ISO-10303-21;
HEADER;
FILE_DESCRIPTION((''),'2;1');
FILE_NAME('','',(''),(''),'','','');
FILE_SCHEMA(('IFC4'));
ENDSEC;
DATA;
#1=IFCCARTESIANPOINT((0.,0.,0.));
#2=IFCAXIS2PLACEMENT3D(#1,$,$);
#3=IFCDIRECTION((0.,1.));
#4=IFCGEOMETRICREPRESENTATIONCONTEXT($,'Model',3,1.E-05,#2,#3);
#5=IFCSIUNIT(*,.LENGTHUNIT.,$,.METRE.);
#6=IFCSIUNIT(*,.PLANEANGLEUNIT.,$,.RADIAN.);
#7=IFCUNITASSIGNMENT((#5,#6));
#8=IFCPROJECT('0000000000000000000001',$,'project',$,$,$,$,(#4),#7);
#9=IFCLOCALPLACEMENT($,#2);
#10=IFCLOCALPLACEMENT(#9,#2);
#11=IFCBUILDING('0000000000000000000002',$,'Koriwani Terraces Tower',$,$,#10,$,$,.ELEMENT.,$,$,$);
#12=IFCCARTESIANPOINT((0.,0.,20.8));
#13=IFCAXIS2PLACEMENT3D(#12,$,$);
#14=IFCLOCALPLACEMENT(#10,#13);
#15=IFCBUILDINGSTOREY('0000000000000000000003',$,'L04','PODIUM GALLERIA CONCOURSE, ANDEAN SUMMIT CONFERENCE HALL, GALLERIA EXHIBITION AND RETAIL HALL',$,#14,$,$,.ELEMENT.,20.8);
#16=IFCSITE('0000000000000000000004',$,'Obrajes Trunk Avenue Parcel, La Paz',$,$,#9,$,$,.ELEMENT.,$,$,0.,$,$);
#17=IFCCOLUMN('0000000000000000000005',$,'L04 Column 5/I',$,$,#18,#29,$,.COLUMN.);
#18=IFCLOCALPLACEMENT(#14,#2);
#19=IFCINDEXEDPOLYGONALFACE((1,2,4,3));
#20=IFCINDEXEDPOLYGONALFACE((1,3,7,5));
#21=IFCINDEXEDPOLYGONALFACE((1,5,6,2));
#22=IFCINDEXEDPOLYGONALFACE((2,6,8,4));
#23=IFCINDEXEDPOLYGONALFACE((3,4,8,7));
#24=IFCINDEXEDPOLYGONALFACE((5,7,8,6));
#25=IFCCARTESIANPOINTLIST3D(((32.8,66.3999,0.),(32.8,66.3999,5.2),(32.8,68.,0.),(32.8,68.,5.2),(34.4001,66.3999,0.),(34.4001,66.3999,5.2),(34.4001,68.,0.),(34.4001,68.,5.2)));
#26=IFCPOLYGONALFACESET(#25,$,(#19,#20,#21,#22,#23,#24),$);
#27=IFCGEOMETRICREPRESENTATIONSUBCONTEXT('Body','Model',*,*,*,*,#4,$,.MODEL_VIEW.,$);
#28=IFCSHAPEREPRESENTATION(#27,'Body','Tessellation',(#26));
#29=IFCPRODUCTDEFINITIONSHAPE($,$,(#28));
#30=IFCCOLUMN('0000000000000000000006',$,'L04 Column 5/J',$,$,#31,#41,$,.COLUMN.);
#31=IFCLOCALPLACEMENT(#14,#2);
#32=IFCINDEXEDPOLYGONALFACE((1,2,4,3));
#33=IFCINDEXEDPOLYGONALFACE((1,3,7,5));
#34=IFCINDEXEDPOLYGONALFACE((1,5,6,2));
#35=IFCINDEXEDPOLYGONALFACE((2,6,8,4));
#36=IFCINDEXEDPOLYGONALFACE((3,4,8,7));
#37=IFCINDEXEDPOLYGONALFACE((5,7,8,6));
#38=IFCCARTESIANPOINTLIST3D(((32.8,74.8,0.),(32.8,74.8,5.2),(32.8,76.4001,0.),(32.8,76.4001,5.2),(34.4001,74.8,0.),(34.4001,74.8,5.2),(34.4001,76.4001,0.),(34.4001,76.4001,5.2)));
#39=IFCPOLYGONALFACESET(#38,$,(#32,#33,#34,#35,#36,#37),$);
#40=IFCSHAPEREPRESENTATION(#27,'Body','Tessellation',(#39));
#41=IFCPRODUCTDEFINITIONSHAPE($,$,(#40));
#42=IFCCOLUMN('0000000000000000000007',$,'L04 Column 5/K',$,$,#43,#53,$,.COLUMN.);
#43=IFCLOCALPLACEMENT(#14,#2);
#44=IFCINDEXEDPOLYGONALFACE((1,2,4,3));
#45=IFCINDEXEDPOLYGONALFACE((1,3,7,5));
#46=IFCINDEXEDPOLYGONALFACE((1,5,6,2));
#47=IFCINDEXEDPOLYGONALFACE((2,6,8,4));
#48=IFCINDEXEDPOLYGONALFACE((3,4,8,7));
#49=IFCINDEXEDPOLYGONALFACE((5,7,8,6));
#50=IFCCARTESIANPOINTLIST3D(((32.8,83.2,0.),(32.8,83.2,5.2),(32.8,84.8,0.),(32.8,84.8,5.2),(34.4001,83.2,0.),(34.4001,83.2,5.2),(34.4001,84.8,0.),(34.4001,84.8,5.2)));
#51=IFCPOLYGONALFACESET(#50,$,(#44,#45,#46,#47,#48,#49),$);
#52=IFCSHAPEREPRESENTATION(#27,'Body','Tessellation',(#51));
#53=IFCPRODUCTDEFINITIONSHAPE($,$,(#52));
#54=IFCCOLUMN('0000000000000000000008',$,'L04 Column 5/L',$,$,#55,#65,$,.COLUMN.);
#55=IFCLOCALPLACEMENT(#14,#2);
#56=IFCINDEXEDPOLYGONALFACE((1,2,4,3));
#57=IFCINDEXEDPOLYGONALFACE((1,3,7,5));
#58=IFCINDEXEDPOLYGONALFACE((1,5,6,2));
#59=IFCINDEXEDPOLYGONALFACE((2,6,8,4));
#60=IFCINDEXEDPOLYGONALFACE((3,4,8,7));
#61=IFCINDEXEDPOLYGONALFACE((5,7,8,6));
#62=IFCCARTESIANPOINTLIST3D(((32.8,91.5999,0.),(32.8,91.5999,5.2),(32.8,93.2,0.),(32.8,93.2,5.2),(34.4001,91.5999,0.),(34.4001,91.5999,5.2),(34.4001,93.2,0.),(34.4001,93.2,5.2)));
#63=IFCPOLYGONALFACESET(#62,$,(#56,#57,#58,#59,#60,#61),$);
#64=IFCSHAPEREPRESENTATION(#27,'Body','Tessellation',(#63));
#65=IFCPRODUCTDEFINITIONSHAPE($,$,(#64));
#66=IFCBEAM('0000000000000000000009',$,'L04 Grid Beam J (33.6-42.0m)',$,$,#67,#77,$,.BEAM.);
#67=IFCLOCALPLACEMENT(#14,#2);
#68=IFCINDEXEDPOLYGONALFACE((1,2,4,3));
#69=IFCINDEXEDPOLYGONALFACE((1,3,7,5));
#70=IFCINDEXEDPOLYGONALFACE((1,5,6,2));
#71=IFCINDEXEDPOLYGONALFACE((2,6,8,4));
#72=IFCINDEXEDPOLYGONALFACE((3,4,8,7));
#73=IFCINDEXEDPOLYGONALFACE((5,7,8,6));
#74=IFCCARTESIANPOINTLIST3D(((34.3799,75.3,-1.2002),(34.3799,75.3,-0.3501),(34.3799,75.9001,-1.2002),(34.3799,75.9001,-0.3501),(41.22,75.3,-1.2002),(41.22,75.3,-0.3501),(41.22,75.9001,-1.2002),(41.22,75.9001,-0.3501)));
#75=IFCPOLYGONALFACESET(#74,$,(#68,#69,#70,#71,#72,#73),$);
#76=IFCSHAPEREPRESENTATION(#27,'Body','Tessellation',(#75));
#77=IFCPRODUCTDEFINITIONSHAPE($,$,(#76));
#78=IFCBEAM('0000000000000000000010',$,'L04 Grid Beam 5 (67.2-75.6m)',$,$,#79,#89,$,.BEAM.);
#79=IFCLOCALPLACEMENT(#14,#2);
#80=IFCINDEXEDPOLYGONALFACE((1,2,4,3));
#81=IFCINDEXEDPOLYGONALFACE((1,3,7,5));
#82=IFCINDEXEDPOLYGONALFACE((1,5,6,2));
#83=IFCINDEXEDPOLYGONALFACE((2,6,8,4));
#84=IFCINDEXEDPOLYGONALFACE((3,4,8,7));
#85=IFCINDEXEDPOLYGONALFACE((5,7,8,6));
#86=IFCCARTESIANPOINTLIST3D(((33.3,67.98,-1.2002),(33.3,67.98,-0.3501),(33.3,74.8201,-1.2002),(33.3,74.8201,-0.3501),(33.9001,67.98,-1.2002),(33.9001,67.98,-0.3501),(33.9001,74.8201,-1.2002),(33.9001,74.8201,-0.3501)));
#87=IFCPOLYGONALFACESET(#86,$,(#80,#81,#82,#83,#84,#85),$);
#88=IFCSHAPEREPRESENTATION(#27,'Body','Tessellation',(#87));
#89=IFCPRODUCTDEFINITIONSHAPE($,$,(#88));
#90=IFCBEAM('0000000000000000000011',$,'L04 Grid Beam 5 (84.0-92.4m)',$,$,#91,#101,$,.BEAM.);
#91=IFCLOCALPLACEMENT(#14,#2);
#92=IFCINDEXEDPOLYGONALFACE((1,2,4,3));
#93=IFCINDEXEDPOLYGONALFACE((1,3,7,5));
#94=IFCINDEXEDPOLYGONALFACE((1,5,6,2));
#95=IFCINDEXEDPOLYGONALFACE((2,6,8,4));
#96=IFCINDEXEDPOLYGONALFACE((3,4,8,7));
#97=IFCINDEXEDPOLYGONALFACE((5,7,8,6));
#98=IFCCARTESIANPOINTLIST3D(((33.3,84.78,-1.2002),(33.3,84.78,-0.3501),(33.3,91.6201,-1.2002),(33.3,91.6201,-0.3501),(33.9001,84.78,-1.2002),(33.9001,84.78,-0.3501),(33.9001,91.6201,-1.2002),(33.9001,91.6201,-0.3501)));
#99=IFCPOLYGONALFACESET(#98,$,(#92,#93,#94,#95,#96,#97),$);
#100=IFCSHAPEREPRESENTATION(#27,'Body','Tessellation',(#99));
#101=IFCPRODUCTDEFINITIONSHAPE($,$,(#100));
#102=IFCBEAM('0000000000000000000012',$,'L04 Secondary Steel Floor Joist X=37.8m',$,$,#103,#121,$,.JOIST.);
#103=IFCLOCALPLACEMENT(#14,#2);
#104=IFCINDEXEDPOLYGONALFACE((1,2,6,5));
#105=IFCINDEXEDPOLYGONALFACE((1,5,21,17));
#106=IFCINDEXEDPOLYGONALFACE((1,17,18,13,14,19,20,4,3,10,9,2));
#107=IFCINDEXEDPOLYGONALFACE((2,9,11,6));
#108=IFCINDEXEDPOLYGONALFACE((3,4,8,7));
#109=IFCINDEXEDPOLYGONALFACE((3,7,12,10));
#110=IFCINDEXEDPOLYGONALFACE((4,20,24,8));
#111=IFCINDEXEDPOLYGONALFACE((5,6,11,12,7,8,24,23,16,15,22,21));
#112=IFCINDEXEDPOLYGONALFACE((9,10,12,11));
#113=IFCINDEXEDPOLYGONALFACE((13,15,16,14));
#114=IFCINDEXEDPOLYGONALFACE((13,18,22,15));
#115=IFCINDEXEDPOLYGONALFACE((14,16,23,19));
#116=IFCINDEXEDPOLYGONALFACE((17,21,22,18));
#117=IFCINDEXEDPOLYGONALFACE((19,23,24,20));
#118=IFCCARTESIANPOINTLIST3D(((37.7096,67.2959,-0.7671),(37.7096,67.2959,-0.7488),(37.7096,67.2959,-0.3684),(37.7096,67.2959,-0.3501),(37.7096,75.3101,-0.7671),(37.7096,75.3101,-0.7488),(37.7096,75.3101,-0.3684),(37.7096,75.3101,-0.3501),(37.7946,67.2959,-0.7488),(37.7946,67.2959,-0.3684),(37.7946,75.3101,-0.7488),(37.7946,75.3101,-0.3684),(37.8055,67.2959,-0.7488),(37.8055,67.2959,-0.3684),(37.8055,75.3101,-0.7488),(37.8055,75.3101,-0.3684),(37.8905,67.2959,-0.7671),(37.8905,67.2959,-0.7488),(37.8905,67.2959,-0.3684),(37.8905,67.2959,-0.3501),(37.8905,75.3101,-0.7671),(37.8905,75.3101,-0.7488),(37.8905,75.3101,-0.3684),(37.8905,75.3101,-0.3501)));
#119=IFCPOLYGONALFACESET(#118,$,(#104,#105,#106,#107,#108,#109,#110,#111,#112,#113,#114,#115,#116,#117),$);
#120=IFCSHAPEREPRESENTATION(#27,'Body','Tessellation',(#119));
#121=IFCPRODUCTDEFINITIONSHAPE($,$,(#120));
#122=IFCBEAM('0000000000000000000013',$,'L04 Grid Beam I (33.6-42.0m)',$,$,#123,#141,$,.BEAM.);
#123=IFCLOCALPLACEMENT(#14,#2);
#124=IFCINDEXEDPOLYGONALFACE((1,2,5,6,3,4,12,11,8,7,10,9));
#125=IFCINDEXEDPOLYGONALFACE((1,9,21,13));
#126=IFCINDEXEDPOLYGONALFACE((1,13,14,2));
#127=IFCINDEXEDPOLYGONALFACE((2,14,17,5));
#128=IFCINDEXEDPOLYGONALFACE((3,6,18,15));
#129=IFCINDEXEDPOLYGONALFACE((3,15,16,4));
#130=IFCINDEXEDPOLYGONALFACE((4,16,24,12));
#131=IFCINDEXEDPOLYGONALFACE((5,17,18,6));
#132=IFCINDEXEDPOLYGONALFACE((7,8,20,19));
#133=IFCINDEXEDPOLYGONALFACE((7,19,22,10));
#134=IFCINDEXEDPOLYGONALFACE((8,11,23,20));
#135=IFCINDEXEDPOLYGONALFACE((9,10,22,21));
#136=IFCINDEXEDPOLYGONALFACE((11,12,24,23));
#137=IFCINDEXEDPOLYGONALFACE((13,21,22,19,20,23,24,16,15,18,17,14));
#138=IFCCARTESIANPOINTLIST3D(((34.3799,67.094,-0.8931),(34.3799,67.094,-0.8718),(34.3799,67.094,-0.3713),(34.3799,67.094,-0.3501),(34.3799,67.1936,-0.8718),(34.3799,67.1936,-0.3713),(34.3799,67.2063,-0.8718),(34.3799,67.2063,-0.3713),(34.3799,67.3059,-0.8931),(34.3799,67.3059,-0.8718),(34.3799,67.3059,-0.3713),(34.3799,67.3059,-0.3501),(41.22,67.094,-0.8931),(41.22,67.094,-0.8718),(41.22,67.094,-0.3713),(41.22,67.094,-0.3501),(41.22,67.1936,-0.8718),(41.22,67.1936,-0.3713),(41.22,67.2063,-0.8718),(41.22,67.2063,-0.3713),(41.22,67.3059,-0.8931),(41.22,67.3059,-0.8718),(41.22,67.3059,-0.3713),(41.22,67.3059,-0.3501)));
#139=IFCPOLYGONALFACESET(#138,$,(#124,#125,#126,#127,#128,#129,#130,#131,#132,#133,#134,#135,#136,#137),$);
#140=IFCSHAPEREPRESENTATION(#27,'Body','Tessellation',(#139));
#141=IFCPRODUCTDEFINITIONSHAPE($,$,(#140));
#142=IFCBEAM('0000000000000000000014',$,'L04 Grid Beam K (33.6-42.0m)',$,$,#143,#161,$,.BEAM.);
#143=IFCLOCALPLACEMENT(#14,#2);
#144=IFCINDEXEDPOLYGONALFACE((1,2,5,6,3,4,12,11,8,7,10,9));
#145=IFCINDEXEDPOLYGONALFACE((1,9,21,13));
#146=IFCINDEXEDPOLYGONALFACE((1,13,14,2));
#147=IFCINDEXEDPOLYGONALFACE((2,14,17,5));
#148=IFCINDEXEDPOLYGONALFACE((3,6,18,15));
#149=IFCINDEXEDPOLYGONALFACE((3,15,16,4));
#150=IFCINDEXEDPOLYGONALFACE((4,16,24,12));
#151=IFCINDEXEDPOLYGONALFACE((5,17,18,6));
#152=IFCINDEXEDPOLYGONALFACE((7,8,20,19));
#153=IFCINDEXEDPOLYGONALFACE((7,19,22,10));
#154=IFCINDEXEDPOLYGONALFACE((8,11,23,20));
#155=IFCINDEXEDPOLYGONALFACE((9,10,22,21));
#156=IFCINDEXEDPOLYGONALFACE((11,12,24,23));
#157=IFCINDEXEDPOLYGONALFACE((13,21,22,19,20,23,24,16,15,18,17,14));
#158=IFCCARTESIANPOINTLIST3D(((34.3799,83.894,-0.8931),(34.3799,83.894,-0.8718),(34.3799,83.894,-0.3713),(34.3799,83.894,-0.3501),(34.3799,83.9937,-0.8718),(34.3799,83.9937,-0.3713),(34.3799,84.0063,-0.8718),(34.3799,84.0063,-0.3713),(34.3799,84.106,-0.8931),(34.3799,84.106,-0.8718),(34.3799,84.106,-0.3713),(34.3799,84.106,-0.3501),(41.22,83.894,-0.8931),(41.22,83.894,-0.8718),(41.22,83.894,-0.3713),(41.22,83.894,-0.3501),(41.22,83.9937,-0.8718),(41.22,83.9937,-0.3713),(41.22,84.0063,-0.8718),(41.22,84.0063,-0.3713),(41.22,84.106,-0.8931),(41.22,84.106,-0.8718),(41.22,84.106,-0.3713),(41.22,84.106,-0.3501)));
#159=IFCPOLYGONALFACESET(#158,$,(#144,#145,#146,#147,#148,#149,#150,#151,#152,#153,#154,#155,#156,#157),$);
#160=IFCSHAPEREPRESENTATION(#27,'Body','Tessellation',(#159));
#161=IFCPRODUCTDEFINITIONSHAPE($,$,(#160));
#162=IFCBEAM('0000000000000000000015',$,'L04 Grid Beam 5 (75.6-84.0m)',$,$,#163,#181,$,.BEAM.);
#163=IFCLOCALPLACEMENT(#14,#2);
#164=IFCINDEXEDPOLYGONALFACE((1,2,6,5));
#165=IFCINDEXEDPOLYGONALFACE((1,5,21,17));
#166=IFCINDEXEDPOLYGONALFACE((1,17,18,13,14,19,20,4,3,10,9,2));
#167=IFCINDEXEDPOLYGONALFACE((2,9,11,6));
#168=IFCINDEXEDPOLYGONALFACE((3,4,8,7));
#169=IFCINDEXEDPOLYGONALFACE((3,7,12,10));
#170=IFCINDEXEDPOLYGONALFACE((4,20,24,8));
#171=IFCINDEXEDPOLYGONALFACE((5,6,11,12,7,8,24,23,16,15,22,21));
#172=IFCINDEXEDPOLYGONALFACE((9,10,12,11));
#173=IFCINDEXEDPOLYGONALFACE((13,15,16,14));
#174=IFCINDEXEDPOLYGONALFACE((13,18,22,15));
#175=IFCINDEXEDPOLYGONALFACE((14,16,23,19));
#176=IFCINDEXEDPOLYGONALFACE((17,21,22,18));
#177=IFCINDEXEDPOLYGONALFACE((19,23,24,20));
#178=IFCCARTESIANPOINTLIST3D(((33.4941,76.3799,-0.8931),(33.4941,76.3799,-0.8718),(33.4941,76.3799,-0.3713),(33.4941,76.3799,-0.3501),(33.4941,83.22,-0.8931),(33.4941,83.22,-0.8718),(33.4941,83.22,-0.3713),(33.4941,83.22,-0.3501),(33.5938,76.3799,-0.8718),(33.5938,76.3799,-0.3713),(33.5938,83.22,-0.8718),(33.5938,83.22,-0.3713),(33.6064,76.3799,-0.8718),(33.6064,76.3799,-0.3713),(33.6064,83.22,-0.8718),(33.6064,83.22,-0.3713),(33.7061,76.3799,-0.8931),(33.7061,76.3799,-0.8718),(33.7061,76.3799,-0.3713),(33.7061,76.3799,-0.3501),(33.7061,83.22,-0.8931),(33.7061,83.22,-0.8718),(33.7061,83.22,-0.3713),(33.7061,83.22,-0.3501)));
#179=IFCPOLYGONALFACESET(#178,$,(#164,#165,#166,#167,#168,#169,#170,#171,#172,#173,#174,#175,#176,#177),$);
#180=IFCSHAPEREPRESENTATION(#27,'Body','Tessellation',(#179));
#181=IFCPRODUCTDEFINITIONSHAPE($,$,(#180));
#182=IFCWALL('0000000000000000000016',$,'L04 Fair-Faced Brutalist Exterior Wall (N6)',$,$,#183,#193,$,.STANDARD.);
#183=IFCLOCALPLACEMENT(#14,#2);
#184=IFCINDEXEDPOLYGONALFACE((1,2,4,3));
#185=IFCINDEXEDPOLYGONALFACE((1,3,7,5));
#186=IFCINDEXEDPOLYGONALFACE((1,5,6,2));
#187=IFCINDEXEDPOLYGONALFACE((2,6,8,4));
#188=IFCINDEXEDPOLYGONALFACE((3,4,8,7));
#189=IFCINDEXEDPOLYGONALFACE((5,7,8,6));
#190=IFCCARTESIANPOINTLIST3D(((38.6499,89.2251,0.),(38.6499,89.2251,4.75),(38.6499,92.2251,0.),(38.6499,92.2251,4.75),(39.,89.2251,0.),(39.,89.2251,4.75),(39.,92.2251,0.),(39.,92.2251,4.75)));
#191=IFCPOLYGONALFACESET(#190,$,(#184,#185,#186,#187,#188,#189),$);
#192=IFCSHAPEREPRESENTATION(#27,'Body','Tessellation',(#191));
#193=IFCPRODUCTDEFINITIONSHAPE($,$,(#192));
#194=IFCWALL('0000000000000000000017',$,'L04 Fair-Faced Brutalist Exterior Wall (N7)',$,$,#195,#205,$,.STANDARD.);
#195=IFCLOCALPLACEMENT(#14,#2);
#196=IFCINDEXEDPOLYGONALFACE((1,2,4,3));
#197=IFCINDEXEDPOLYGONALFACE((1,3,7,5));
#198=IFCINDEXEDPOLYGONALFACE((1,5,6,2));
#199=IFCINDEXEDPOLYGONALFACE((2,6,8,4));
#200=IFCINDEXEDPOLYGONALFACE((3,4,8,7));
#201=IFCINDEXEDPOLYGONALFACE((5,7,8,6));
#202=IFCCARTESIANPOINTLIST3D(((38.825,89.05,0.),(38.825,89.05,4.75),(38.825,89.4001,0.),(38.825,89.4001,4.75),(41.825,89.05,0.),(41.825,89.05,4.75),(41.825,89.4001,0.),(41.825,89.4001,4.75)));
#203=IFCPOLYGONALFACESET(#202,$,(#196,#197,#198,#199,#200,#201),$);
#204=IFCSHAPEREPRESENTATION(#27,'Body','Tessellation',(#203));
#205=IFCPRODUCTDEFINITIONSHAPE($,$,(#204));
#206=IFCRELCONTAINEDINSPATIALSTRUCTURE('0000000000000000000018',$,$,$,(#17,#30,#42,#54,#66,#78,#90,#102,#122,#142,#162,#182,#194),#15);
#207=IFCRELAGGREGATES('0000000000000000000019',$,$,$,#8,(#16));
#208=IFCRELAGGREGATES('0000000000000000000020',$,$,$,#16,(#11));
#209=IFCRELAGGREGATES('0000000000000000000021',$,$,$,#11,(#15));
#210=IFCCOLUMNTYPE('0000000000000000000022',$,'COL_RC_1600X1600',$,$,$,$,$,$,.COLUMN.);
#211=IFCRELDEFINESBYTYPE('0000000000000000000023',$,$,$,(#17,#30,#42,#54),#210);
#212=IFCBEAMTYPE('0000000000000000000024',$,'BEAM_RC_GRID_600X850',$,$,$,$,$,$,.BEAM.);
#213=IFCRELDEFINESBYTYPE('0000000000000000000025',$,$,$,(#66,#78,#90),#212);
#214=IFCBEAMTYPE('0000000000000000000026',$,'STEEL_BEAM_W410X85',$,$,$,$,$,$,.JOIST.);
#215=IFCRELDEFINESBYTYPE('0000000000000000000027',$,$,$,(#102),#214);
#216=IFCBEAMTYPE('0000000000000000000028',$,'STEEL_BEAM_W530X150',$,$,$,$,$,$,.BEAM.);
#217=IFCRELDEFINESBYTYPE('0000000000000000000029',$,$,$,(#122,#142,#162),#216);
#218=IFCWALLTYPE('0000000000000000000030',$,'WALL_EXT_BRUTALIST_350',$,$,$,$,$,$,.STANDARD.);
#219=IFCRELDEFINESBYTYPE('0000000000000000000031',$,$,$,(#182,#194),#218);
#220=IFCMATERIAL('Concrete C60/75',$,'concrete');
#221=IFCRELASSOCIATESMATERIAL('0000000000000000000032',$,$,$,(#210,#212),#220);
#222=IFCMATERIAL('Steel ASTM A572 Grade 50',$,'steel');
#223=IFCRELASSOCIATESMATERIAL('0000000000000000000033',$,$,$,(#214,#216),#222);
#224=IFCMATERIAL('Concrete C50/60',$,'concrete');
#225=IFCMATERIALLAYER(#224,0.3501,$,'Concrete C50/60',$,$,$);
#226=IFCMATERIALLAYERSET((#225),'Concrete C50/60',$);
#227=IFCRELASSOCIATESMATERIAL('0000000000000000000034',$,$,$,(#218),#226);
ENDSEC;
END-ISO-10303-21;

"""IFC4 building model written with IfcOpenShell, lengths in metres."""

from ifc_helpers import new_model, si_unit, direction, frame, frame_2d, origin, origin_2d, place, context, subcontext, project, spatial, rectangle, i_section, extrude, material, layer, layer_set, material_profile, profile_set, type_object, element, save


model = new_model("IFC4")

# Units and contexts
model_context = context("Model", 3, precision=1e-05, world=origin(), true_north=direction((0.0, 1.0)))
body_context = subcontext(model_context, "Body", "Model", "MODEL_VIEW")
ifc_project = project(units=[si_unit("LENGTHUNIT", "METRE"), si_unit("PLANEANGLEUNIT", "RADIAN")], contexts=[model_context])

# Site, building, storey
site_placement = place(None, origin())
site = spatial("IfcSite", under=ifc_project, at=site_placement, Name="Obrajes Trunk Avenue Parcel, La Paz", CompositionType="ELEMENT", RefElevation=0.0)
building_placement = place(site_placement, origin())
building = spatial("IfcBuilding", under=site, at=building_placement, Name="Koriwani Terraces Tower", CompositionType="ELEMENT")
storey_placement = place(building_placement, frame((0.0, 0.0, 20.8)))
storey = spatial("IfcBuildingStorey", under=building, at=storey_placement, Name="L04", Description="PODIUM GALLERIA CONCOURSE, ANDEAN SUMMIT CONFERENCE HALL, GALLERIA EXHIBITION AND RETAIL HALL", CompositionType="ELEMENT", Elevation=20.8)

# Columns
ifc_material_1 = material(Name="Concrete C60/75", Category="concrete")
ifc_material_profile_1 = material_profile(ifc_material_1, rectangle(XDim=1.6001, YDim=1.6001, at=origin_2d()), Name="Concrete C60/75", Category="LoadBearing")
ifc_profile_set_1 = profile_set([ifc_material_profile_1], Name="Concrete C60/75")
column_type = type_object("IfcColumnType", Name="COL_RC_1600X1600", PredefinedType="COLUMN", material=ifc_profile_set_1)
for number, where, z_axis, x_axis, name in (
    (1, (33.6001, 67.2, 0.0), (0.0, 0.0, 1.0), (1.0, 0.0, 0.0), "L04 Column 5/I"),
    (2, (33.6001, 75.6001, 0.0), (0.0, 0.0, 1.0), (1.0, 0.0, 0.0), "L04 Column 5/J"),
    (3, (33.6001, 84.0, 0.0), (0.0, 0.0, 1.0), (1.0, 0.0, 0.0), "L04 Column 5/K"),
    (4, (33.6001, 92.3999, 0.0), (0.0, 0.0, 1.0), (1.0, 0.0, 0.0), "L04 Column 5/L"),
):
    element("IfcColumn", number, at=place(storey_placement, frame(where, z_axis=z_axis, x_axis=x_axis)), inside=storey, type_object=column_type, Name=name, PredefinedType="COLUMN", context=body_context, shape_type="SweptSolid", body=[
        extrude(rectangle(XDim=1.6001, YDim=1.6001, at=origin_2d()), origin(), (0.0, 0.0, 1.0), 5.2),
    ])

# Beams
ifc_material_profile_2 = material_profile(ifc_material_1, rectangle(XDim=0.6001, YDim=0.8501, at=origin_2d()), Name="Concrete C60/75", Category="LoadBearing")
ifc_profile_set_2 = profile_set([ifc_material_profile_2], Name="Concrete C60/75")
beam_type_1 = type_object("IfcBeamType", Name="BEAM_RC_GRID_600X850", PredefinedType="BEAM", material=ifc_profile_set_2)
for number, where, z_axis, x_axis, name in (
    (5, (34.3799, 75.6001, -0.7751), (1.0, 0.0, 0.0), (0.0, 1.0, 0.0), "L04 Grid Beam J (33.6-42.0m)"),
    (6, (33.6001, 67.98, -0.7751), (0.0, 1.0, 0.0), (-1.0, 0.0, 0.0), "L04 Grid Beam 5 (67.2-75.6m)"),
    (7, (33.6001, 84.78, -0.7751), (0.0, 1.0, 0.0), (-1.0, 0.0, 0.0), "L04 Grid Beam 5 (84.0-92.4m)"),
):
    element("IfcBeam", number, at=place(storey_placement, frame(where, z_axis=z_axis, x_axis=x_axis)), inside=storey, type_object=beam_type_1, Name=name, PredefinedType="BEAM", context=body_context, shape_type="SweptSolid", body=[
        extrude(rectangle(XDim=0.6001, YDim=0.8501, at=origin_2d()), origin(), (0.0, 0.0, 1.0), 6.8401),
    ])
ifc_material_2 = material(Name="Steel ASTM A572 Grade 50", Category="steel")
ifc_material_profile_3 = material_profile(ifc_material_2, i_section(OverallWidth=0.1809, OverallDepth=0.417, WebThickness=0.011, FlangeThickness=0.0183, at=origin_2d()), Name="Steel ASTM A572 Grade 50", Category="LoadBearing")
ifc_profile_set_3 = profile_set([ifc_material_profile_3], Name="Steel ASTM A572 Grade 50")
beam_type_2 = type_object("IfcBeamType", Name="STEEL_BEAM_W410X85", PredefinedType="JOIST", material=ifc_profile_set_3)
beam_placement = place(storey_placement, frame((37.8, 67.2959, -0.5586), z_axis=(0.0, 1.0, 0.0), x_axis=(-1.0, 0.0, 0.0)))
element("IfcBeam", 8, at=beam_placement, inside=storey, type_object=beam_type_2, Name="L04 Secondary Steel Floor Joist X=37.8m", PredefinedType="JOIST", context=body_context, shape_type="SweptSolid", body=[
    extrude(i_section(OverallWidth=0.1809, OverallDepth=0.417, WebThickness=0.011, FlangeThickness=0.0183, at=origin_2d()), origin(), (0.0, 0.0, 1.0), 8.0142),
])
ifc_material_profile_4 = material_profile(ifc_material_2, i_section(OverallWidth=0.2119, OverallDepth=0.543, WebThickness=0.0127, FlangeThickness=0.0212, at=origin_2d()), Name="Steel ASTM A572 Grade 50", Category="LoadBearing")
ifc_profile_set_4 = profile_set([ifc_material_profile_4], Name="Steel ASTM A572 Grade 50")
beam_type_3 = type_object("IfcBeamType", Name="STEEL_BEAM_W530X150", PredefinedType="BEAM", material=ifc_profile_set_4)
for number, where, z_axis, x_axis, name in (
    (9, (34.3799, 67.2, -0.6216), (1.0, 0.0, 0.0), (0.0, 1.0, 0.0), "L04 Grid Beam I (33.6-42.0m)"),
    (10, (34.3799, 84.0, -0.6216), (1.0, 0.0, 0.0), (0.0, 1.0, 0.0), "L04 Grid Beam K (33.6-42.0m)"),
    (11, (33.6001, 76.3799, -0.6216), (0.0, 1.0, 0.0), (-1.0, 0.0, 0.0), "L04 Grid Beam 5 (75.6-84.0m)"),
):
    element("IfcBeam", number, at=place(storey_placement, frame(where, z_axis=z_axis, x_axis=x_axis)), inside=storey, type_object=beam_type_3, Name=name, PredefinedType="BEAM", context=body_context, shape_type="SweptSolid", body=[
        extrude(i_section(OverallWidth=0.2119, OverallDepth=0.543, WebThickness=0.0127, FlangeThickness=0.0212, at=origin_2d()), origin(), (0.0, 0.0, 1.0), 6.8401),
    ])

# Walls
ifc_material_3 = material(Name="Concrete C50/60", Category="concrete")
ifc_layer_1 = layer(ifc_material_3, 0.3501, Name="Concrete C50/60")
ifc_layer_set_1 = layer_set([ifc_layer_1], Name="Concrete C50/60")
wall_type = type_object("IfcWallType", Name="WALL_EXT_BRUTALIST_350", PredefinedType="STANDARD", material=ifc_layer_set_1)
for number, where, z_axis, x_axis, name in (
    (12, (38.825, 92.2251, 0.0), (0.0, 0.0, 1.0), (0.0, -1.0, 0.0), "L04 Fair-Faced Brutalist Exterior Wall (N6)"),
    (13, (38.825, 89.2251, 0.0), (0.0, 0.0, 1.0), (1.0, 0.0, 0.0), "L04 Fair-Faced Brutalist Exterior Wall (N7)"),
):
    element("IfcWall", number, at=place(storey_placement, frame(where, z_axis=z_axis, x_axis=x_axis)), inside=storey, type_object=wall_type, Name=name, PredefinedType="STANDARD", context=body_context, shape_type="SweptSolid", body=[
        extrude(rectangle(XDim=3.0, YDim=0.3501, at=frame_2d((1.5, 0.0))), origin(), (0.0, 0.0, 1.0), 4.75),
    ])

save(model, "model.ifc")
